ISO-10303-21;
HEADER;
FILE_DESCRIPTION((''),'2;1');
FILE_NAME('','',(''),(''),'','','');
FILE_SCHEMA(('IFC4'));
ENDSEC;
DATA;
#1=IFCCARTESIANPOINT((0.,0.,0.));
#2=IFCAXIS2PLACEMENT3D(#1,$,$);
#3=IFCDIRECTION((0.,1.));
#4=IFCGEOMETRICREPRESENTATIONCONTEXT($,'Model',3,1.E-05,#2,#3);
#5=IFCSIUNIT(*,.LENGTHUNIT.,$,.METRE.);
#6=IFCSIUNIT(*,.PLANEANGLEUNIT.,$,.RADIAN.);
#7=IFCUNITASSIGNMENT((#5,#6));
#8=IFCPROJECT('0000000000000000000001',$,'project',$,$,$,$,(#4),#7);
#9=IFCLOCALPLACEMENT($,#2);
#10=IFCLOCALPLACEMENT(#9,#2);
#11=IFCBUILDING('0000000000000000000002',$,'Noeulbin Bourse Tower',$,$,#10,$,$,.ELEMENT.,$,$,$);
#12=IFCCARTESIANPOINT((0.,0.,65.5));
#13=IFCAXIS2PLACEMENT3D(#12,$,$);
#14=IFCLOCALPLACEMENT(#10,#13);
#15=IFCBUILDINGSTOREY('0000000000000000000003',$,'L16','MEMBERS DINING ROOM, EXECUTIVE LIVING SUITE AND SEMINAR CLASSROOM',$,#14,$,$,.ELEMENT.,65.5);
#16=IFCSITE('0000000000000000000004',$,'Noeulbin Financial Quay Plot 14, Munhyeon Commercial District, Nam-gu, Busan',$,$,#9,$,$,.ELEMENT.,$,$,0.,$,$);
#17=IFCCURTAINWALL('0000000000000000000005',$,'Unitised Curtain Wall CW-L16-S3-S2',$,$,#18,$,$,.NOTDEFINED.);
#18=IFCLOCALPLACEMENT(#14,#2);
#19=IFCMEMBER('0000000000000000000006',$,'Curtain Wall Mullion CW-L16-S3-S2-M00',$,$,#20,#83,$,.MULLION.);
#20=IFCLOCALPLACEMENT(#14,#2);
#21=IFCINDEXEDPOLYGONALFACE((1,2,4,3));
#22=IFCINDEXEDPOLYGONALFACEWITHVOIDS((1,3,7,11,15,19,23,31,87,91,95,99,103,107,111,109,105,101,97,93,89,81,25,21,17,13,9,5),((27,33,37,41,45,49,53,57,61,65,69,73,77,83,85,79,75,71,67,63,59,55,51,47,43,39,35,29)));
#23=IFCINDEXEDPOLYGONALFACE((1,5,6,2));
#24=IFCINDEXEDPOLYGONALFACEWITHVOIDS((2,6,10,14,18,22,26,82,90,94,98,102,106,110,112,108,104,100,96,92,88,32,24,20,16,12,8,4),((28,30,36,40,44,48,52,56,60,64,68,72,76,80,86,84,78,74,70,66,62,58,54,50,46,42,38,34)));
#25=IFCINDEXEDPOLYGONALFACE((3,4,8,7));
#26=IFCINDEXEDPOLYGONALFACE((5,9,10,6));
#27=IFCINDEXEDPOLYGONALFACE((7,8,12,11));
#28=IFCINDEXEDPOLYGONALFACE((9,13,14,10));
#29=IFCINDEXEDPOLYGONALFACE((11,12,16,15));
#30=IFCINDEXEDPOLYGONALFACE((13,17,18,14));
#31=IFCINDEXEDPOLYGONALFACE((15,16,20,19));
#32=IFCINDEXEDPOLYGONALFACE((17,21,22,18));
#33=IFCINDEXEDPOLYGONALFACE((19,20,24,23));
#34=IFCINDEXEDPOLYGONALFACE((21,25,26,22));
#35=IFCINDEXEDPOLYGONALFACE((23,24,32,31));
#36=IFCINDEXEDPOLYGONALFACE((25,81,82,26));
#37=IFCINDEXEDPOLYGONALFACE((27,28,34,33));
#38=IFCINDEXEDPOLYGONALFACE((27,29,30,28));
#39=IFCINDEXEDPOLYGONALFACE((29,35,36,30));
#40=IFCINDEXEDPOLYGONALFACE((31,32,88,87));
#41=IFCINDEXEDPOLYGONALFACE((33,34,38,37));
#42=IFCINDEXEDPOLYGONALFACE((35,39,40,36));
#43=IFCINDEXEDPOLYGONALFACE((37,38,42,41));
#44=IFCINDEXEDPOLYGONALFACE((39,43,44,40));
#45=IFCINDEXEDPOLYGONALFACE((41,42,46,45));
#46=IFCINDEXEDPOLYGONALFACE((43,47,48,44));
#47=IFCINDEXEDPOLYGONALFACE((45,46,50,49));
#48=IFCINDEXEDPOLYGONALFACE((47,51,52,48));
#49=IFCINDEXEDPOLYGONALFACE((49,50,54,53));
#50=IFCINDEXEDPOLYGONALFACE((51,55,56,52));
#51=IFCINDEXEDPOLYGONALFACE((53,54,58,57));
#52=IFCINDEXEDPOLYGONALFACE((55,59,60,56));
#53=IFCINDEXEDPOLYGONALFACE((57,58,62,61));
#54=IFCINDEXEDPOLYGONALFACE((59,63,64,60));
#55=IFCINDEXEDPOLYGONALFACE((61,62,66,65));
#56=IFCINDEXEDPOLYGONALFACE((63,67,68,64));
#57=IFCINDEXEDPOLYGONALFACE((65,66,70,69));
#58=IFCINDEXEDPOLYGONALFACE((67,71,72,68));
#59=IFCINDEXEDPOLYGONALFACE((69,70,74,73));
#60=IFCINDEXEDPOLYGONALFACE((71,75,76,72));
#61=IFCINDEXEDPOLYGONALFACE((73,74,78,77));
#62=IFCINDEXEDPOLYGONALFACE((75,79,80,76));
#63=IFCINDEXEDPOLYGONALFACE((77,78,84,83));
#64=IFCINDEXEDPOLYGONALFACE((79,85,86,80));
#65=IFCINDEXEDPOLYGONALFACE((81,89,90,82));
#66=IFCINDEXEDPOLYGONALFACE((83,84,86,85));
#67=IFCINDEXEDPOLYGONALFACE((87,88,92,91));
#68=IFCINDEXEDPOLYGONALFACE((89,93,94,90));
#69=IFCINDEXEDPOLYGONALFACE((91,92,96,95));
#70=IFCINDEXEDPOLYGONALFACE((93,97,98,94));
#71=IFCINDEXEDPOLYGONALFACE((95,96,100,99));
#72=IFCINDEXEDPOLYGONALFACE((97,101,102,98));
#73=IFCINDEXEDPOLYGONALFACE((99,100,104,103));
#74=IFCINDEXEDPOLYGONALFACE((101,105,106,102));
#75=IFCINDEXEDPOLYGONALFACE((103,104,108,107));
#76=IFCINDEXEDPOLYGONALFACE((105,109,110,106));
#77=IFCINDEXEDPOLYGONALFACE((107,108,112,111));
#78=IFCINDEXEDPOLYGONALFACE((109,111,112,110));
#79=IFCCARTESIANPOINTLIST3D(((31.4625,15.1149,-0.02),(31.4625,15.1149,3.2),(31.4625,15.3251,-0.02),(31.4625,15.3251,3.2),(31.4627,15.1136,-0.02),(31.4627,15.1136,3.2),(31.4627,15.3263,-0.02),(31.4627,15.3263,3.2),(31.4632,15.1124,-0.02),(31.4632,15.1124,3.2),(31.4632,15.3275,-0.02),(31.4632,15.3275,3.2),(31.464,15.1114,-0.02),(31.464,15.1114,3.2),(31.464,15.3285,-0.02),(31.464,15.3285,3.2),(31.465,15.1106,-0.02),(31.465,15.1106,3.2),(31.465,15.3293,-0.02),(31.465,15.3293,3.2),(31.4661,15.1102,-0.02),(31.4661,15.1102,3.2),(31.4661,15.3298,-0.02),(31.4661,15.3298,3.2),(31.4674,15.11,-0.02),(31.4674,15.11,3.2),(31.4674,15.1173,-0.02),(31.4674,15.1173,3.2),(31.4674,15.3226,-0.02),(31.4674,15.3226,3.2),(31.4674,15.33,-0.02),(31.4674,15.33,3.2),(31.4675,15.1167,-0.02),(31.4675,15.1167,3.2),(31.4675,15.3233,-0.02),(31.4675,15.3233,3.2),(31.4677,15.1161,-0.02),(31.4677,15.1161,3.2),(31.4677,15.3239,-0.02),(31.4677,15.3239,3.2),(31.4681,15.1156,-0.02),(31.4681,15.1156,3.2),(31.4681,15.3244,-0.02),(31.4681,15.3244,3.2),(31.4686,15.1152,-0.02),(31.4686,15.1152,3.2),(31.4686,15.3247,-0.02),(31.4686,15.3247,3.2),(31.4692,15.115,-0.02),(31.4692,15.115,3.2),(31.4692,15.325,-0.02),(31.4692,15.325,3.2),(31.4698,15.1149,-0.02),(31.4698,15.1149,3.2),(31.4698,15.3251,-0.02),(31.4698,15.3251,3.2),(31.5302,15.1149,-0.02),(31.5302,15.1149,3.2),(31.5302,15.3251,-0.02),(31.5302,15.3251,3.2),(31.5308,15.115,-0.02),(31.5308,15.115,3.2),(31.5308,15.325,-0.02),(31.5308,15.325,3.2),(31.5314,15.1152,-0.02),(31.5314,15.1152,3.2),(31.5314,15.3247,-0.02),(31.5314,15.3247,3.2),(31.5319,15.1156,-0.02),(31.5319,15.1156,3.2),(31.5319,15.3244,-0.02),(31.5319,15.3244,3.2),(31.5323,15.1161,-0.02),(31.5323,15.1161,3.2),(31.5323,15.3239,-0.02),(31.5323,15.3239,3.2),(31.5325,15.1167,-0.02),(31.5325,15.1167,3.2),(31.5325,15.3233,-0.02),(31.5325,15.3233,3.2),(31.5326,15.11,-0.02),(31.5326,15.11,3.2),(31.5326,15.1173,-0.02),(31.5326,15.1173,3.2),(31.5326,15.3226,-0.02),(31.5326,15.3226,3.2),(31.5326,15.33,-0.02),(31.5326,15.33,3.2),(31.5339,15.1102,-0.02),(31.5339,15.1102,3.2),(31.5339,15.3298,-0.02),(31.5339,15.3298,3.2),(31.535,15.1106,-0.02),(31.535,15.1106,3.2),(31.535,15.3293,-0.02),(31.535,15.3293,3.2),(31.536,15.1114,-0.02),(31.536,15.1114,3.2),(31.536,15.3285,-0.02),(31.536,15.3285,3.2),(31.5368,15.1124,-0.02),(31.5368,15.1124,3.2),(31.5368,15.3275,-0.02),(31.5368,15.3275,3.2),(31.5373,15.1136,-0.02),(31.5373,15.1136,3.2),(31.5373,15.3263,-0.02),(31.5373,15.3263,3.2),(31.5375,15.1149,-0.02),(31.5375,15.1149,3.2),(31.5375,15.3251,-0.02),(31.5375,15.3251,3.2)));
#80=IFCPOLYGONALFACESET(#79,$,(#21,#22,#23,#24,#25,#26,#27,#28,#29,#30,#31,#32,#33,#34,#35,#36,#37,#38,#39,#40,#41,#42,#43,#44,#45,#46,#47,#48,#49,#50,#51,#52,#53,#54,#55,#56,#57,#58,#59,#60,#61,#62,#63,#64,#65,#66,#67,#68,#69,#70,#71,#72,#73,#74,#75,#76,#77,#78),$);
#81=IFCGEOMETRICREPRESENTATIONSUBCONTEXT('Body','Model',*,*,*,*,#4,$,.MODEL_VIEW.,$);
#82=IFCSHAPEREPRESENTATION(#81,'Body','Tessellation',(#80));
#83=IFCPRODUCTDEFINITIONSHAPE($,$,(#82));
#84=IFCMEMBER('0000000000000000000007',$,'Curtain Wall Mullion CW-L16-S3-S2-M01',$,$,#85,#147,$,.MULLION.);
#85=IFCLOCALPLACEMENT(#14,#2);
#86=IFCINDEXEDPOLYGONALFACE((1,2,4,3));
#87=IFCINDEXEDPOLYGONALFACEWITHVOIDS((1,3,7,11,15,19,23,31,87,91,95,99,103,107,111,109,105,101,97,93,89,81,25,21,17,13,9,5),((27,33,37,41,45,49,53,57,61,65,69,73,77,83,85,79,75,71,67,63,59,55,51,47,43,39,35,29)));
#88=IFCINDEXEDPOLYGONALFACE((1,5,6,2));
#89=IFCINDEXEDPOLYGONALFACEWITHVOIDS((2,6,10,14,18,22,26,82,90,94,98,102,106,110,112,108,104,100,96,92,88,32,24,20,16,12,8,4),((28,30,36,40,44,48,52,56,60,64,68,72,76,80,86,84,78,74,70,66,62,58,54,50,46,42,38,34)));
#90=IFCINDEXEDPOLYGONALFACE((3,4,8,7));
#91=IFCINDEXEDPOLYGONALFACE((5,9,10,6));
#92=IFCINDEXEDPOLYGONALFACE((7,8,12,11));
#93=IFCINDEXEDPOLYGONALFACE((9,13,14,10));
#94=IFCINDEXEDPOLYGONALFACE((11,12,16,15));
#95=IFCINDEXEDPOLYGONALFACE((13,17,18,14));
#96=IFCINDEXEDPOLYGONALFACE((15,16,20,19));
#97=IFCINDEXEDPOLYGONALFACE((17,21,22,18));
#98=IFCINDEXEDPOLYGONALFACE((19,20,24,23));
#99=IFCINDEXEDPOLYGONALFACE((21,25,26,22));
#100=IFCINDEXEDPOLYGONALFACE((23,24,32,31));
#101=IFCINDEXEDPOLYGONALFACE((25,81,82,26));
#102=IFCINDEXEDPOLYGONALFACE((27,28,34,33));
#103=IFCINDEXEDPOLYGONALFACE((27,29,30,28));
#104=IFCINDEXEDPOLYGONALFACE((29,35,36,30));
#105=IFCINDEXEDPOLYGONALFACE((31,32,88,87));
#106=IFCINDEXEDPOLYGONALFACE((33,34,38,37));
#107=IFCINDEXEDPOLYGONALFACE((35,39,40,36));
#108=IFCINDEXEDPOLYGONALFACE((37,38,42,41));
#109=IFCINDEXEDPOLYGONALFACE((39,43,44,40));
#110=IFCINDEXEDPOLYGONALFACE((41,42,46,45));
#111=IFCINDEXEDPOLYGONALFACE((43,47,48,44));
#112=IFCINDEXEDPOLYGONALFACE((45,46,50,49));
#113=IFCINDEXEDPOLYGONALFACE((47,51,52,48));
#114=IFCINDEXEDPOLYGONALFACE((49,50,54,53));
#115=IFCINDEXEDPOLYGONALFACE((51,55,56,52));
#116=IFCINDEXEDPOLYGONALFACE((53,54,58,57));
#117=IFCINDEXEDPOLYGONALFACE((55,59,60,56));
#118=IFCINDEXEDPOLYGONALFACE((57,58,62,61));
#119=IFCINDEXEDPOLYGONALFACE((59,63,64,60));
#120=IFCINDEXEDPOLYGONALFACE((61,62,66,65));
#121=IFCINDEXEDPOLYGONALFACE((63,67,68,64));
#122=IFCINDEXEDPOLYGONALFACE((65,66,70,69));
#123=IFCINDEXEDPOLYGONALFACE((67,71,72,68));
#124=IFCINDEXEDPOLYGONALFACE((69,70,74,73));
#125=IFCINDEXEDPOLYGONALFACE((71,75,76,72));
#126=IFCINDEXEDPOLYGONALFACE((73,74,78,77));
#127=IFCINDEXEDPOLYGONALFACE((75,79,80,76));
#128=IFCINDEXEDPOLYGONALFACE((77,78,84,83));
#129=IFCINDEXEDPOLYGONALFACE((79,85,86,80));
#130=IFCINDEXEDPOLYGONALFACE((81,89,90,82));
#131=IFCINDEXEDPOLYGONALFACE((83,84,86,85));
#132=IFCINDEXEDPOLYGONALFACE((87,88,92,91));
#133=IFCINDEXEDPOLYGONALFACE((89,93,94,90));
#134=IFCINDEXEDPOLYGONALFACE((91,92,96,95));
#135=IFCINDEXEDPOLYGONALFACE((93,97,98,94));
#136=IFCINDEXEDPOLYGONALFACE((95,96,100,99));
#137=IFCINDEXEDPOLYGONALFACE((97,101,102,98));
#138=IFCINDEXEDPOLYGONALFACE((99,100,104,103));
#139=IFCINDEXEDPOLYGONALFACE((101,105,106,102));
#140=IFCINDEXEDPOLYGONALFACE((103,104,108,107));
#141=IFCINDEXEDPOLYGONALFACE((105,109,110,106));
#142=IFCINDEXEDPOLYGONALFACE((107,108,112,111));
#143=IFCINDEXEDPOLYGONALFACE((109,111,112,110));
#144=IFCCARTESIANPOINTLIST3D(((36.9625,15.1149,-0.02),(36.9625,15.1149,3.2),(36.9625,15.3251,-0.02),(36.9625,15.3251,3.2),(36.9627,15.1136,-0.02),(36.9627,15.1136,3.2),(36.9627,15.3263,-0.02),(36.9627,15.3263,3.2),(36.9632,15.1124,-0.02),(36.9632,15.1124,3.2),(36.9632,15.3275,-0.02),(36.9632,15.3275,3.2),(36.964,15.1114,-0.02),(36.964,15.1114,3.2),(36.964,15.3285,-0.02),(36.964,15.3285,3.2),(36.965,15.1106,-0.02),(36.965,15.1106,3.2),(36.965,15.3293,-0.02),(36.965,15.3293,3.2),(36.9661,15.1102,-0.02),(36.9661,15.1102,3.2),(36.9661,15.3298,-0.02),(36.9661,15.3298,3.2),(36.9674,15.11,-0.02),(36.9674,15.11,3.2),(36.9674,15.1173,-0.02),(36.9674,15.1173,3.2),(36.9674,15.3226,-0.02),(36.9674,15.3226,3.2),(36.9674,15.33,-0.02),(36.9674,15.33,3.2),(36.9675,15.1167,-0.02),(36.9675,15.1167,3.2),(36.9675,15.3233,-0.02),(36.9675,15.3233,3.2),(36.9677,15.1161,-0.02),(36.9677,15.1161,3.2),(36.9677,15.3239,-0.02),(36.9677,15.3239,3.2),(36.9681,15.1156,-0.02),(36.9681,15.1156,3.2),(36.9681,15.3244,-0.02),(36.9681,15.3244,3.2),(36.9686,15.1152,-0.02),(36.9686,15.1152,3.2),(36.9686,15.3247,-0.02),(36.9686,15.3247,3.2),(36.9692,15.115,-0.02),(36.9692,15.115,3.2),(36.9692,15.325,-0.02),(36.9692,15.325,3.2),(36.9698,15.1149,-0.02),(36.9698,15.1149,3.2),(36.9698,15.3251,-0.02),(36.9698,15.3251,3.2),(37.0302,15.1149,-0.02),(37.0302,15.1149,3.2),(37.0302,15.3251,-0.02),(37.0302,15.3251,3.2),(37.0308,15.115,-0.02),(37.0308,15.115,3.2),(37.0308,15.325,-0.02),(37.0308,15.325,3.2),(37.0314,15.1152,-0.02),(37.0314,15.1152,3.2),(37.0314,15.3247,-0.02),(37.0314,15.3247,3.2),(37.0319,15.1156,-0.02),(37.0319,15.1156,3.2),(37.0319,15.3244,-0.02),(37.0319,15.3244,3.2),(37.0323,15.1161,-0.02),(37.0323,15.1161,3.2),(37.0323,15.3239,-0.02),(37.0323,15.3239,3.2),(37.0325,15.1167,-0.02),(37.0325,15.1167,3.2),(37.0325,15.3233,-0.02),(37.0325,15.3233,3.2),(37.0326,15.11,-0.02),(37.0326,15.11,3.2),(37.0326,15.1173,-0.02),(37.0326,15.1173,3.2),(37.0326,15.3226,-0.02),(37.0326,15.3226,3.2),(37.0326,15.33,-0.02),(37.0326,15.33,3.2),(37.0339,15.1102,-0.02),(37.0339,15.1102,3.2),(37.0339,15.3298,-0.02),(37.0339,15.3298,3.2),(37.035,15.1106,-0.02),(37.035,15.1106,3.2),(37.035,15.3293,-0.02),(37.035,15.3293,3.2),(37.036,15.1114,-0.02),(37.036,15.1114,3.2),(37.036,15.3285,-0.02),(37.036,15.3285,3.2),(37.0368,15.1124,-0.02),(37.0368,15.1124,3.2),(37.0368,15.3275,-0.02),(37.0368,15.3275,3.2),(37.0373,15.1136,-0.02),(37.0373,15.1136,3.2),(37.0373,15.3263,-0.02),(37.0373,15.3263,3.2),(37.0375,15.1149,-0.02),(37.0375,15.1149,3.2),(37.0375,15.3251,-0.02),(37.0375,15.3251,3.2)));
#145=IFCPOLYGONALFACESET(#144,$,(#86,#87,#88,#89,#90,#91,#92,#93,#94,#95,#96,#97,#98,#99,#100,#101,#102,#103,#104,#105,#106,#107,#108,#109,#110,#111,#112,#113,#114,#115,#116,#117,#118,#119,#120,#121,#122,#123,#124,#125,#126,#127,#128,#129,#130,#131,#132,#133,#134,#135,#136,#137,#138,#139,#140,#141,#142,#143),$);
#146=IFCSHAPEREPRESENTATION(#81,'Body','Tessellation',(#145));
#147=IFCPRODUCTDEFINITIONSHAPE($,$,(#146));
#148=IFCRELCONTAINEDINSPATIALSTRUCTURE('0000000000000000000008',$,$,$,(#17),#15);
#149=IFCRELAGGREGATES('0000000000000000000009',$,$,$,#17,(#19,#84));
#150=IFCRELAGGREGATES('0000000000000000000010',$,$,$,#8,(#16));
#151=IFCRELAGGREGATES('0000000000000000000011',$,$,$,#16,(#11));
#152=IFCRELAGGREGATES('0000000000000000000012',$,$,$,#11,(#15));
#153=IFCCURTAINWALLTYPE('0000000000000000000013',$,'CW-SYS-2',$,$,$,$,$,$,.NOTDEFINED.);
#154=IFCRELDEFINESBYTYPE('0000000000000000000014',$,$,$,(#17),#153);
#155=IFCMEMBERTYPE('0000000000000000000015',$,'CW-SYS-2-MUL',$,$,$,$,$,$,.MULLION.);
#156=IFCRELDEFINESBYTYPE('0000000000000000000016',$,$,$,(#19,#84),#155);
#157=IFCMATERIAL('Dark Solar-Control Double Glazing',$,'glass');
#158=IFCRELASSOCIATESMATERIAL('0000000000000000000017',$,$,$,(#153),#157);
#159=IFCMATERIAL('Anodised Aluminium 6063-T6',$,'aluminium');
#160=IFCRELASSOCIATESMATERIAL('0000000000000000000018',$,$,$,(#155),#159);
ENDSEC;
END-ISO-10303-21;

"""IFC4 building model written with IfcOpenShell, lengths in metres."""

from ifc_helpers import new_model, si_unit, direction, frame, origin, origin_2d, place, context, subcontext, project, spatial, hollow_rectangle, extrude, material, material_profile, profile_set, type_object, element, aggregate, save


model = new_model("IFC4")

# Units and contexts
model_context = context("Model", 3, precision=1e-05, world=origin(), true_north=direction((0.0, 1.0)))
body_context = subcontext(model_context, "Body", "Model", "MODEL_VIEW")
ifc_project = project(units=[si_unit("LENGTHUNIT", "METRE"), si_unit("PLANEANGLEUNIT", "RADIAN")], contexts=[model_context])

# Site, building, storey
site_placement = place(None, origin())
site = spatial("IfcSite", under=ifc_project, at=site_placement, Name="Noeulbin Financial Quay Plot 14, Munhyeon Commercial District, Nam-gu, Busan", CompositionType="ELEMENT", RefElevation=0.0)
building_placement = place(site_placement, origin())
building = spatial("IfcBuilding", under=site, at=building_placement, Name="Noeulbin Bourse Tower", CompositionType="ELEMENT")
storey_placement = place(building_placement, frame((0.0, 0.0, 65.5)))
storey = spatial("IfcBuildingStorey", under=building, at=storey_placement, Name="L16", Description="MEMBERS DINING ROOM, EXECUTIVE LIVING SUITE AND SEMINAR CLASSROOM", CompositionType="ELEMENT", Elevation=65.5)

# Curtain wall, members
ifc_material_1 = material(Name="Dark Solar-Control Double Glazing", Category="glass")
curtain_wall_type = type_object("IfcCurtainWallType", Name="CW-SYS-2", PredefinedType="NOTDEFINED", material=ifc_material_1)
ifc_material_2 = material(Name="Anodised Aluminium 6063-T6", Category="aluminium")
ifc_material_profile_1 = material_profile(ifc_material_2, hollow_rectangle(XDim=0.075, YDim=0.22, WallThickness=0.0049, InnerFilletRadius=0.0024, OuterFilletRadius=0.0049, at=origin_2d()), Name="ALU-MULL-75x220x5", Category="LoadBearing")
ifc_profile_set_1 = profile_set([ifc_material_profile_1], Name="Anodised Aluminium 6063-T6")
member_type_1 = type_object("IfcMemberType", Name="CW-SYS-2-MUL", PredefinedType="MULLION", material=ifc_profile_set_1)
curtain_wall_1_placement = place(storey_placement, origin())
curtain_wall_1 = element("IfcCurtainWall", 1, at=curtain_wall_1_placement, inside=storey, type_object=curtain_wall_type, Name="Unitised Curtain Wall CW-L16-S3-S2", PredefinedType="NOTDEFINED")
member_1_placement = place(storey_placement, frame((31.5, 15.22, -0.02), z_axis=(0.0, 0.0, 1.0), x_axis=(1.0, 0.0, 0.0)))
member_1 = element("IfcMember", 2, at=member_1_placement, type_object=member_type_1, Name="Curtain Wall Mullion CW-L16-S3-S2-M00", PredefinedType="MULLION", context=body_context, shape_type="SweptSolid", body=[
    extrude(hollow_rectangle(XDim=0.075, YDim=0.22, WallThickness=0.0049, InnerFilletRadius=0.0024, OuterFilletRadius=0.0049, at=origin_2d()), origin(), (0.0, 0.0, 1.0), 3.22),
])
member_2_placement = place(storey_placement, frame((37.0, 15.22, -0.02), z_axis=(0.0, 0.0, 1.0), x_axis=(1.0, 0.0, 0.0)))
member_2 = element("IfcMember", 3, at=member_2_placement, type_object=member_type_1, Name="Curtain Wall Mullion CW-L16-S3-S2-M01", PredefinedType="MULLION", context=body_context, shape_type="SweptSolid", body=[
    extrude(hollow_rectangle(XDim=0.075, YDim=0.22, WallThickness=0.0049, InnerFilletRadius=0.0024, OuterFilletRadius=0.0049, at=origin_2d()), origin(), (0.0, 0.0, 1.0), 3.22),
])

aggregate(curtain_wall_1, [member_1, member_2])

save(model, "model.ifc")
